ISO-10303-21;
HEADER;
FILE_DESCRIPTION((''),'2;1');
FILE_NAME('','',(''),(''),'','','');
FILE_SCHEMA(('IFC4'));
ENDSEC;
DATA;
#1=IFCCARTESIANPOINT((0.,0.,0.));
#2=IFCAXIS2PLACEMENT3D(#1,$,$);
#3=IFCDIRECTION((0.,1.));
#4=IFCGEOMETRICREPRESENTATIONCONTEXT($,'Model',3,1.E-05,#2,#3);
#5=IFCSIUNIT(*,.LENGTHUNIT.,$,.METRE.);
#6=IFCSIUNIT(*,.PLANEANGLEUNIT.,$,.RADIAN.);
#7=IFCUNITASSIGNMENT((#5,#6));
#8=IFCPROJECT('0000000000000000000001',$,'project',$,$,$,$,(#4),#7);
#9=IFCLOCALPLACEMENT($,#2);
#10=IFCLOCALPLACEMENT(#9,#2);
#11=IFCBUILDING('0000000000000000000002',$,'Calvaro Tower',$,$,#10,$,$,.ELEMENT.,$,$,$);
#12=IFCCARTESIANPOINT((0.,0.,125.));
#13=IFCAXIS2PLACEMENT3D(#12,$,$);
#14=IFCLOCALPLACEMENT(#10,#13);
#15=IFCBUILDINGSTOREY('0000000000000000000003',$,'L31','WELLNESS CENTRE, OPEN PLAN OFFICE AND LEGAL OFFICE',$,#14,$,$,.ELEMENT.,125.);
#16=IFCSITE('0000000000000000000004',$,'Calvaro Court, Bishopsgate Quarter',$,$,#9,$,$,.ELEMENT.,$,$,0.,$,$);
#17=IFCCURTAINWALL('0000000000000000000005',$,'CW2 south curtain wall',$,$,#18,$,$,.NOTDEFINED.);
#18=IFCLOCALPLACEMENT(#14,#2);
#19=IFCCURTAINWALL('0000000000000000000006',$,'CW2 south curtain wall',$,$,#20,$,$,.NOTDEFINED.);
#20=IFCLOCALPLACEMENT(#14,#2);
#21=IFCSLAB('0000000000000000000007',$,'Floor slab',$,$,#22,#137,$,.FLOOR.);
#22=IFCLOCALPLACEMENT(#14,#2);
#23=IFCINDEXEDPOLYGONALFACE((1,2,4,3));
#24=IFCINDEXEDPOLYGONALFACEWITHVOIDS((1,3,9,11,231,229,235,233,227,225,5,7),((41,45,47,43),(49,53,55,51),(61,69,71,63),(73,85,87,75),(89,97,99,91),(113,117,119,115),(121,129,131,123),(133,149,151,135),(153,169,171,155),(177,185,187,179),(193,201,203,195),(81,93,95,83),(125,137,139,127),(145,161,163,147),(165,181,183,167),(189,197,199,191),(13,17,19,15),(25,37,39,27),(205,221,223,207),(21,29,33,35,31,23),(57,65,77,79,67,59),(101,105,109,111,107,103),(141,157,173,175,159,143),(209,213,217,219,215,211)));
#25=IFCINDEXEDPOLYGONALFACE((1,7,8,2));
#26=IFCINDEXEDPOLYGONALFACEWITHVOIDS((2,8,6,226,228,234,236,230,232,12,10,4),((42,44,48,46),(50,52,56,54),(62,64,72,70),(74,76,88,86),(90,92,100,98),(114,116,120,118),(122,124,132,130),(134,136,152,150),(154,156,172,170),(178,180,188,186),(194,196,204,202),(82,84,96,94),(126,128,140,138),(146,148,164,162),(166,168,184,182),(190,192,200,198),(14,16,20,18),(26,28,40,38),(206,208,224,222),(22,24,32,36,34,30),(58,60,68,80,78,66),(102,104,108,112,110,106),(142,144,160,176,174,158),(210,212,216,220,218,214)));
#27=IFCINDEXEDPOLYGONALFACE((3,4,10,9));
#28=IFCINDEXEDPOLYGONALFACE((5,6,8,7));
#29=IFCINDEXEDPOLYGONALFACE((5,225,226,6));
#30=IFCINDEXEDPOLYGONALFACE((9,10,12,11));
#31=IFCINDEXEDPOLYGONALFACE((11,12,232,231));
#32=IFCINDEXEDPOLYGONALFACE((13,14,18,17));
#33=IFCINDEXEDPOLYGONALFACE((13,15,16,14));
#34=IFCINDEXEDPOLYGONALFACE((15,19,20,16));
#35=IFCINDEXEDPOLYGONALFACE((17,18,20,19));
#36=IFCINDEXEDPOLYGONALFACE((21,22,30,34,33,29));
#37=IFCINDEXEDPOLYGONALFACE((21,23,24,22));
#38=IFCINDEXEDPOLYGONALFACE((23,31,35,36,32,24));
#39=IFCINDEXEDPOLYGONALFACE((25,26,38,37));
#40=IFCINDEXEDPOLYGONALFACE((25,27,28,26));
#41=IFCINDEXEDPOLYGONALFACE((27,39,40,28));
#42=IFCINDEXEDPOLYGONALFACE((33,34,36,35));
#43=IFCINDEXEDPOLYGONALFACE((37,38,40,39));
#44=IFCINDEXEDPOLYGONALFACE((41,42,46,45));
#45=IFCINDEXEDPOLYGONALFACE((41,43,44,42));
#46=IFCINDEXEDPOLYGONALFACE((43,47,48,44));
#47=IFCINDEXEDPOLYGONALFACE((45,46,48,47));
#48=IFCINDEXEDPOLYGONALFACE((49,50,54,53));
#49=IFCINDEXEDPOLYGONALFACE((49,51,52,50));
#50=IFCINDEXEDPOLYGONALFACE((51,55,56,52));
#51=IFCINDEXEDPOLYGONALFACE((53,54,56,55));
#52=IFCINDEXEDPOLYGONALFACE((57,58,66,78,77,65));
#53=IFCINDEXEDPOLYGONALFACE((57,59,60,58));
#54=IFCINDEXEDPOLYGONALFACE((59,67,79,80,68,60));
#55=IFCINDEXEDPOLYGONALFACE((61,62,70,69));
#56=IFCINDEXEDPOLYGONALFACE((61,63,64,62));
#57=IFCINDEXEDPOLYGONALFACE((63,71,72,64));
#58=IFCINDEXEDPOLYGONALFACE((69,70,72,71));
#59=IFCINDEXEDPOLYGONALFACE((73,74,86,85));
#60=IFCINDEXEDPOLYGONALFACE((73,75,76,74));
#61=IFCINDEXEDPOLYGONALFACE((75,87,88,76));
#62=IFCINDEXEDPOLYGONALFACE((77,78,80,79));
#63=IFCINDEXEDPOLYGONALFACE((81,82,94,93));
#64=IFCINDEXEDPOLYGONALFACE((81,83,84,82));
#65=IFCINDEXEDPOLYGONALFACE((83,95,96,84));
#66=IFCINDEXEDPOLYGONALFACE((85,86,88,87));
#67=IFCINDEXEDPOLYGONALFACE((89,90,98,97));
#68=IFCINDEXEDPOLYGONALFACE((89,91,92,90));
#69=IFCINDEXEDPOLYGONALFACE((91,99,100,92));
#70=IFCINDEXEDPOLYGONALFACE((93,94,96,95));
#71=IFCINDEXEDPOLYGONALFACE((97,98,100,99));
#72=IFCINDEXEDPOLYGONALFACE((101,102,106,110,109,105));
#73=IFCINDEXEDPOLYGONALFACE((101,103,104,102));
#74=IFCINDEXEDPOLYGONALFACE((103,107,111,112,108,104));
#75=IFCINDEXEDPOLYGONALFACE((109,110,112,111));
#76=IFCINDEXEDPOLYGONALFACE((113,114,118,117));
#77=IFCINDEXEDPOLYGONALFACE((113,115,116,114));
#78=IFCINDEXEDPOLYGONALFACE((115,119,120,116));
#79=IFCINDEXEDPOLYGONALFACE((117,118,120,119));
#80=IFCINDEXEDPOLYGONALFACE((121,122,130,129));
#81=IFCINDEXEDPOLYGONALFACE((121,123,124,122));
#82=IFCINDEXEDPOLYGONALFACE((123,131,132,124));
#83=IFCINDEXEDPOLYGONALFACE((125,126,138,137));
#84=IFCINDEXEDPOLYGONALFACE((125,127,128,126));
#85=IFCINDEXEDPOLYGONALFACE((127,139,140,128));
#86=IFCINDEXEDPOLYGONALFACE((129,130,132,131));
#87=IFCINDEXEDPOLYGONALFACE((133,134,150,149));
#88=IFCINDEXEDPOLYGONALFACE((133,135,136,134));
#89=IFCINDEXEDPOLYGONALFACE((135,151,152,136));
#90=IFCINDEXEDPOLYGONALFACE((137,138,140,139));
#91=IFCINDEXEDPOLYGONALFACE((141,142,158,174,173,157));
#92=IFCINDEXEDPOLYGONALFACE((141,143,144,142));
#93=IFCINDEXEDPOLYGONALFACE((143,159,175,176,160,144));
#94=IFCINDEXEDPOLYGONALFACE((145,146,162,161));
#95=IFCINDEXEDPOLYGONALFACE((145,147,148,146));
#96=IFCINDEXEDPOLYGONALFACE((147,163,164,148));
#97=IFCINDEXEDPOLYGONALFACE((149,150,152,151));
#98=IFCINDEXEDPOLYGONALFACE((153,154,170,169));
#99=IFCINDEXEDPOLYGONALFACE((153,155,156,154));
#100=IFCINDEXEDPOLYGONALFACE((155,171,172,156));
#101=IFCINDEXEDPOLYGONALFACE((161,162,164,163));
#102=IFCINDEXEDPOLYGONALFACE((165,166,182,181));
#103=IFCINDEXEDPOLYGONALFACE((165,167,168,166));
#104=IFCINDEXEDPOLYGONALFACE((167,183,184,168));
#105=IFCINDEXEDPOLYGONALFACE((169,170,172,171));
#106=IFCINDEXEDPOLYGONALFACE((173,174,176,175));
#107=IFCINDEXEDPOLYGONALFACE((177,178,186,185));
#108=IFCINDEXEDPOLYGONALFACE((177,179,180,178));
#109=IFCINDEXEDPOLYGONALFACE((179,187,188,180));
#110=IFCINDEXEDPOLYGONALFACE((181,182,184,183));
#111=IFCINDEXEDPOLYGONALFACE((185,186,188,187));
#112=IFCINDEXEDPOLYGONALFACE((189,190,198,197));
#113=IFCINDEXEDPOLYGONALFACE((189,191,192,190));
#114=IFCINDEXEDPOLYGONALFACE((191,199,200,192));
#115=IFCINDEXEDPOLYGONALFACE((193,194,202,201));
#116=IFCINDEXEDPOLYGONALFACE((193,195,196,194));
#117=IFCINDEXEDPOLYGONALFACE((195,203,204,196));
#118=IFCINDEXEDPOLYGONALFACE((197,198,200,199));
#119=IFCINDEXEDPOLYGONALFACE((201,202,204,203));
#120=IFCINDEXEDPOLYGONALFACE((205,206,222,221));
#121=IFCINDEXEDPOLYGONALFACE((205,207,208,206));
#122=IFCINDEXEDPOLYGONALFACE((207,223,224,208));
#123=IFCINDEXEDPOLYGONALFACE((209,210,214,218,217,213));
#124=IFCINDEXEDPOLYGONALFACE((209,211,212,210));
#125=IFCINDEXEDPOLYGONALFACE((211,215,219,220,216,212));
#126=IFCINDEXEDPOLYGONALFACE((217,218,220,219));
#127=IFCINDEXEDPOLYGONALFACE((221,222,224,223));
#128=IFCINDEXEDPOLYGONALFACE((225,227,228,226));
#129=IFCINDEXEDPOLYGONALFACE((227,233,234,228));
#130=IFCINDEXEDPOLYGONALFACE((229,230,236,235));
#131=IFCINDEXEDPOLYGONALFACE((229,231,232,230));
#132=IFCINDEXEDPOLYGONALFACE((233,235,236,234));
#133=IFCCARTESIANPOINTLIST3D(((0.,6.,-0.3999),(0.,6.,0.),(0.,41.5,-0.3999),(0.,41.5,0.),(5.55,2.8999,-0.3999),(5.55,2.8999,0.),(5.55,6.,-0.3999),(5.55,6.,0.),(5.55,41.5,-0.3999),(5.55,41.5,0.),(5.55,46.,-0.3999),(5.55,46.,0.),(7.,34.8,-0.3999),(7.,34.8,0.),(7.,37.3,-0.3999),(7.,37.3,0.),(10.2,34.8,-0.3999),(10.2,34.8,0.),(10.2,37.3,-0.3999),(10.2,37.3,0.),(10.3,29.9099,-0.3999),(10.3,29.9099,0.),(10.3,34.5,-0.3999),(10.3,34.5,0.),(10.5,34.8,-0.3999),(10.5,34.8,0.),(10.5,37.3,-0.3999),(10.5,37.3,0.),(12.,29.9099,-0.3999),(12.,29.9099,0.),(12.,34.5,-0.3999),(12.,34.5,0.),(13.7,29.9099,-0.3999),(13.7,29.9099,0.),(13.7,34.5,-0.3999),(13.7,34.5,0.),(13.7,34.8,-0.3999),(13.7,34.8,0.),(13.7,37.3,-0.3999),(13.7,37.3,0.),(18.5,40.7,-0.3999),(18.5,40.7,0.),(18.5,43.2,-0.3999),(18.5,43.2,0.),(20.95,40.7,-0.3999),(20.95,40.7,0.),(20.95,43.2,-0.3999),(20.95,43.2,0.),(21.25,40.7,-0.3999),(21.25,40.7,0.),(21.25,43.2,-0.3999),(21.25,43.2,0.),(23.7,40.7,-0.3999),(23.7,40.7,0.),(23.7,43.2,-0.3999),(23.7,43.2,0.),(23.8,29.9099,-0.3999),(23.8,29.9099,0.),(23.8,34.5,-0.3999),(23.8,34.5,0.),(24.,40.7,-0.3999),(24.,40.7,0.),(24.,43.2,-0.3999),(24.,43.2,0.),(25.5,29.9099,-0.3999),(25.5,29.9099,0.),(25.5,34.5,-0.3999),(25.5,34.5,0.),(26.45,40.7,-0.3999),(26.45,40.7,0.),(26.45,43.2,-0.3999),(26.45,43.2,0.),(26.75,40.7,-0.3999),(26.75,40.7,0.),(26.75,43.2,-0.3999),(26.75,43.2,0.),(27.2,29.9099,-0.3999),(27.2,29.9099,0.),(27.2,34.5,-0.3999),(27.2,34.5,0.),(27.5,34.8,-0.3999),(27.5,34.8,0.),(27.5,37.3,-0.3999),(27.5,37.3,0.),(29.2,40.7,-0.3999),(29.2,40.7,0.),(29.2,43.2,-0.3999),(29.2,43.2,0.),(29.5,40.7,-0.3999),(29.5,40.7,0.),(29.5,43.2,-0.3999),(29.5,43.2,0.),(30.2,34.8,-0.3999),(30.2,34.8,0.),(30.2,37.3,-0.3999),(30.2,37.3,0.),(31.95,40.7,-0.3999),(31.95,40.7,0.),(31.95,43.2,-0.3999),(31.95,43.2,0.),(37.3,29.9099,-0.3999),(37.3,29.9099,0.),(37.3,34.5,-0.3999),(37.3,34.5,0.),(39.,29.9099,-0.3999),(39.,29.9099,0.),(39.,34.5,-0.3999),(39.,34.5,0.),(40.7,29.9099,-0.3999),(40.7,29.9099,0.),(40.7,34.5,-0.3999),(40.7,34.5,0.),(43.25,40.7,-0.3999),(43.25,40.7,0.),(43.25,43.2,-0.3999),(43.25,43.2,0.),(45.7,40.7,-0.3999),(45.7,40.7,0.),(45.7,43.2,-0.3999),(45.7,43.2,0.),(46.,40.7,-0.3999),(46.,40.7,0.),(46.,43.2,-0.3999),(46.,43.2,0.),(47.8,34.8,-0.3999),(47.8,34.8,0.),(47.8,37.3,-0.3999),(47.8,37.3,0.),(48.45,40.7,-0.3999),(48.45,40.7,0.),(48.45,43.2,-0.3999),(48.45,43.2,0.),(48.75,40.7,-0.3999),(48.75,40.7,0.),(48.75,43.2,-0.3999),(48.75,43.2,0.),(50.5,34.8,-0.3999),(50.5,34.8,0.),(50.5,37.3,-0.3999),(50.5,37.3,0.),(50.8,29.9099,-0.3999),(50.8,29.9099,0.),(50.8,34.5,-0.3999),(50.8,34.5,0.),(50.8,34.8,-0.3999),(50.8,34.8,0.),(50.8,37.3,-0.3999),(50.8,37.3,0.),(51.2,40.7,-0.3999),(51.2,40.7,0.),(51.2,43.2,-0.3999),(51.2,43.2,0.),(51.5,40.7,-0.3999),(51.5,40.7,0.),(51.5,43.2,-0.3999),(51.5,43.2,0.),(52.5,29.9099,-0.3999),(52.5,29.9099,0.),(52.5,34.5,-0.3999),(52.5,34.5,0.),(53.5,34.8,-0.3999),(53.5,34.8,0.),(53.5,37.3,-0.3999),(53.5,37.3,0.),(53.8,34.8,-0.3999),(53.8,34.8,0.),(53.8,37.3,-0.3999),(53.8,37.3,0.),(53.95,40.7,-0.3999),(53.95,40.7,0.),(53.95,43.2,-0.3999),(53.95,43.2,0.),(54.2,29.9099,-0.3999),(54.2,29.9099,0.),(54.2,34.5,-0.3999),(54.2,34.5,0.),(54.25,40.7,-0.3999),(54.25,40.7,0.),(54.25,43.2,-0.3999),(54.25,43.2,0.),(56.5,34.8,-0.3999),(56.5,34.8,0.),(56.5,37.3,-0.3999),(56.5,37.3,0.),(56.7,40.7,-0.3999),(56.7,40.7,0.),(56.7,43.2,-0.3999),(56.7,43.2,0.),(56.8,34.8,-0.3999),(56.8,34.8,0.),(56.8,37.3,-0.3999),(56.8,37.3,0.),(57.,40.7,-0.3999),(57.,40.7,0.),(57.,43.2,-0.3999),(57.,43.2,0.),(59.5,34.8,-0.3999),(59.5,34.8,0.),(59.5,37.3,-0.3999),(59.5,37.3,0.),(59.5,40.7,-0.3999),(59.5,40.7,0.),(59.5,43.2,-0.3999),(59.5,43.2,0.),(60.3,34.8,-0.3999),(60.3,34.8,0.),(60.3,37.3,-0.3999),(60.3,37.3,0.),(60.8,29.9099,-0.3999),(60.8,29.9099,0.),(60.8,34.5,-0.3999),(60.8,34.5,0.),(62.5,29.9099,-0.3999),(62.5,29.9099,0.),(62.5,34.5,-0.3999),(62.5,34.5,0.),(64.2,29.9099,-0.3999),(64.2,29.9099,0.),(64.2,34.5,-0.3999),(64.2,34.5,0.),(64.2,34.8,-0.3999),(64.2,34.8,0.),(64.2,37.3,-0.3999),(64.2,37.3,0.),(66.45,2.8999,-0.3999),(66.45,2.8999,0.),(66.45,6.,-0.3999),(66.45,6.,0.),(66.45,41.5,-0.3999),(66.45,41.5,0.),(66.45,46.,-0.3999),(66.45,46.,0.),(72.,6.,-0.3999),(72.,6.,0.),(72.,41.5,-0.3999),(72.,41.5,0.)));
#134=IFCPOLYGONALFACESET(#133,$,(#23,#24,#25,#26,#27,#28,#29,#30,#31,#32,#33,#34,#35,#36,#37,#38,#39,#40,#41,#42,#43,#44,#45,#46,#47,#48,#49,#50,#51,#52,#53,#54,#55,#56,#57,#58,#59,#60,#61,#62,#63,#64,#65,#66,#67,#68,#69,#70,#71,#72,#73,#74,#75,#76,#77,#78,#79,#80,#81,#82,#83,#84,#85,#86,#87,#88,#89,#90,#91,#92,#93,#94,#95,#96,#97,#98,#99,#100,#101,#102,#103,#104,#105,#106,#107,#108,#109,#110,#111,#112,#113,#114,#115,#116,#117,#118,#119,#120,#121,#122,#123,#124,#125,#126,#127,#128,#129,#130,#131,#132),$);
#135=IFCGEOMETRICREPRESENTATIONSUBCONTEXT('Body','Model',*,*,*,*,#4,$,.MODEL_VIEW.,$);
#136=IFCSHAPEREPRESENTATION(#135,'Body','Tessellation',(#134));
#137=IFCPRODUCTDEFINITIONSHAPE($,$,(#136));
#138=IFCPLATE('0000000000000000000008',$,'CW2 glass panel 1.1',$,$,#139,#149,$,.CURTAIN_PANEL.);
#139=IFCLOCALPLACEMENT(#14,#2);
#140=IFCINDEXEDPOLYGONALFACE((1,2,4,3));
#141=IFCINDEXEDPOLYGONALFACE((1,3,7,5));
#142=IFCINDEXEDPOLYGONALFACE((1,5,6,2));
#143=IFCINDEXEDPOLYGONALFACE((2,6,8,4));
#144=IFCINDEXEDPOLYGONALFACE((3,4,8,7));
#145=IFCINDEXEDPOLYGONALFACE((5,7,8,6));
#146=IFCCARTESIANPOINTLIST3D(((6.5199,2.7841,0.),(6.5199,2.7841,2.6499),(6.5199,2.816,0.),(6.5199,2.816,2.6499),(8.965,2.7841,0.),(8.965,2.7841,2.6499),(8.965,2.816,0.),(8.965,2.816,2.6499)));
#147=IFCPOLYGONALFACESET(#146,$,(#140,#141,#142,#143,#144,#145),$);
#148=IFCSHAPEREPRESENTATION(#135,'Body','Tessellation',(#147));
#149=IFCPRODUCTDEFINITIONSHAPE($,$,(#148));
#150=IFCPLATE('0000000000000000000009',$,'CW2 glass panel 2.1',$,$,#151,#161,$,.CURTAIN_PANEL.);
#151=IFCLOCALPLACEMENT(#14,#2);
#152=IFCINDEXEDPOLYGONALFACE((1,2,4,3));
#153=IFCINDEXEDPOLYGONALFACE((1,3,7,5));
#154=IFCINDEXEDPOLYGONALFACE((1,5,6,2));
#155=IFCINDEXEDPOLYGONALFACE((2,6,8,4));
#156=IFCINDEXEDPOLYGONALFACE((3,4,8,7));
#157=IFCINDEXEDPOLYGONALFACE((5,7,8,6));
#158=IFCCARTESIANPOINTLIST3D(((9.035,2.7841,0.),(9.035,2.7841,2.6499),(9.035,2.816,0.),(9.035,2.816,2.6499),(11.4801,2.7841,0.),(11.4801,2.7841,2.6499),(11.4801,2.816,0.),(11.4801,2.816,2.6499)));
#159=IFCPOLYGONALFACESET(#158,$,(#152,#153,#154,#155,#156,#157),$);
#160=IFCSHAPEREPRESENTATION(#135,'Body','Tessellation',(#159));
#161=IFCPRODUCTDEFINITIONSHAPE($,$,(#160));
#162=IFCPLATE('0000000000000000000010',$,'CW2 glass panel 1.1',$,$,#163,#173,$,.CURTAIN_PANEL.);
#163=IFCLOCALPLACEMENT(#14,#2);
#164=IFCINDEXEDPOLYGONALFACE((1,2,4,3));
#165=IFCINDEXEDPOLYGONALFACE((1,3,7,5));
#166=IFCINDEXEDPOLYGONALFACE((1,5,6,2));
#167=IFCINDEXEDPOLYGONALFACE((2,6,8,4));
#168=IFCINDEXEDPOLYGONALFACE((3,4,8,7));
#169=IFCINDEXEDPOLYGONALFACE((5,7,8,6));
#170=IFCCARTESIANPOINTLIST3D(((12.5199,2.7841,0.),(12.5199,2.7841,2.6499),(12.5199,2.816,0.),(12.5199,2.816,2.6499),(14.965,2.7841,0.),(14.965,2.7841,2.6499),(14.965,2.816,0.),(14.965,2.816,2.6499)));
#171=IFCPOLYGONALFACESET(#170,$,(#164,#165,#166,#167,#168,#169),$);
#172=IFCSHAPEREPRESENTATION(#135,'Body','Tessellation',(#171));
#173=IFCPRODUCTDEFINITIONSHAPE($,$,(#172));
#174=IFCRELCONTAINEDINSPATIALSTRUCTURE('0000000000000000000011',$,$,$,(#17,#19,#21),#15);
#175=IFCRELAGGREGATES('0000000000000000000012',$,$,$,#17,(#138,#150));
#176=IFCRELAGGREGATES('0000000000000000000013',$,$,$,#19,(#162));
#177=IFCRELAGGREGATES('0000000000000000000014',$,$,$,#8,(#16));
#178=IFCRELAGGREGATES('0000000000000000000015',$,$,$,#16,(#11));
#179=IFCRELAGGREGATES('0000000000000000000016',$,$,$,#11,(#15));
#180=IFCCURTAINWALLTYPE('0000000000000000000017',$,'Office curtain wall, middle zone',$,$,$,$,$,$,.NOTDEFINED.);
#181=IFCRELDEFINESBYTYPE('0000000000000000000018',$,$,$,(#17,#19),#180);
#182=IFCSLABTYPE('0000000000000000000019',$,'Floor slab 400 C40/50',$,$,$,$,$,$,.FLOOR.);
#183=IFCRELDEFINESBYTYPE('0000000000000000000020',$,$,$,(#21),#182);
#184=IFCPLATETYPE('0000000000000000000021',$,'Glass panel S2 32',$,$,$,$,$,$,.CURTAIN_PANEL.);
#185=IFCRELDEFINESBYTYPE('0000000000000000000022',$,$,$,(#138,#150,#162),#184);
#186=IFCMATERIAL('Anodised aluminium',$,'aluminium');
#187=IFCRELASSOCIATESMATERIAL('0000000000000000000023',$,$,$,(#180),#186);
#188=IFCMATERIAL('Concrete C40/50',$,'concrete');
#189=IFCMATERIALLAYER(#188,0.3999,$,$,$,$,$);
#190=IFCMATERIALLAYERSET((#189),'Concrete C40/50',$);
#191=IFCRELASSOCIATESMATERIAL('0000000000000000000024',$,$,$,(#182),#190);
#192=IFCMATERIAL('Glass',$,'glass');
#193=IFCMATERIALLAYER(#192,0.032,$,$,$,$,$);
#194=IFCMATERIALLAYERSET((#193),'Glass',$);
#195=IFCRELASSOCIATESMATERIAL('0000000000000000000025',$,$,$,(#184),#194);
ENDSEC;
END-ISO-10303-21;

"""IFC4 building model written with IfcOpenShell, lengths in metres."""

from ifc_helpers import new_model, si_unit, direction, frame, origin, origin_2d, place, context, subcontext, project, spatial, polyline, rectangle, outline, extrude, material, layer, layer_set, type_object, element, aggregate, save


model = new_model("IFC4")

# Units and contexts
model_context = context("Model", 3, precision=1e-05, world=origin(), true_north=direction((0.0, 1.0)))
body_context = subcontext(model_context, "Body", "Model", "MODEL_VIEW")
ifc_project = project(units=[si_unit("LENGTHUNIT", "METRE"), si_unit("PLANEANGLEUNIT", "RADIAN")], contexts=[model_context])

# Site, building, storey
site_placement = place(None, origin())
site = spatial("IfcSite", under=ifc_project, at=site_placement, Name="Calvaro Court, Bishopsgate Quarter", CompositionType="ELEMENT", RefElevation=0.0)
building_placement = place(site_placement, origin())
building = spatial("IfcBuilding", under=site, at=building_placement, Name="Calvaro Tower", CompositionType="ELEMENT")
storey_placement = place(building_placement, frame((0.0, 0.0, 125.0)))
storey = spatial("IfcBuildingStorey", under=building, at=storey_placement, Name="L31", Description="WELLNESS CENTRE, OPEN PLAN OFFICE AND LEGAL OFFICE", CompositionType="ELEMENT", Elevation=125.0)

# Curtain walls
ifc_material_1 = material(Name="Anodised aluminium", Category="aluminium")
curtain_wall_type = type_object("IfcCurtainWallType", Name="Office curtain wall, middle zone", PredefinedType="NOTDEFINED", material=ifc_material_1)
curtain_wall_1_placement = place(storey_placement, origin())
curtain_wall_1 = element("IfcCurtainWall", 1, at=curtain_wall_1_placement, inside=storey, type_object=curtain_wall_type, Name="CW2 south curtain wall", PredefinedType="NOTDEFINED")
curtain_wall_2_placement = place(storey_placement, origin())
curtain_wall_2 = element("IfcCurtainWall", 2, at=curtain_wall_2_placement, inside=storey, type_object=curtain_wall_type, Name="CW2 south curtain wall", PredefinedType="NOTDEFINED")

# Slab
ifc_material_2 = material(Name="Concrete C40/50", Category="concrete")
ifc_layer_1 = layer(ifc_material_2, 0.3999)
ifc_layer_set_1 = layer_set([ifc_layer_1], Name="Concrete C40/50")
slab_type_1 = type_object("IfcSlabType", Name="Floor slab 400 C40/50", PredefinedType="FLOOR", material=ifc_layer_set_1)
slab_1_placement = place(storey_placement, frame((0.0, 0.0, -0.3999)))
element("IfcSlab", 3, at=slab_1_placement, inside=storey, type_object=slab_type_1, Name="Floor slab", PredefinedType="FLOOR", context=body_context, shape_type="SweptSolid", body=[
    extrude(outline(polyline([(66.45, 6.0), (66.45, 2.8999), (5.55, 2.8999), (5.55, 6.0), (0.0, 6.0), (0.0, 41.5), (5.55, 41.5), (5.55, 46.0), (66.45, 46.0), (66.45, 41.5), (72.0, 41.5), (72.0, 6.0), (66.45, 6.0)]), holes=[polyline([(10.3, 29.9099), (10.3, 34.5), (12.0, 34.5), (13.7, 34.5), (13.7, 29.9099), (12.0, 29.9099), (10.3, 29.9099)]), polyline([(23.8, 29.9099), (23.8, 34.5), (25.5, 34.5), (27.2, 34.5), (27.2, 29.9099), (25.5, 29.9099), (23.8, 29.9099)]), polyline([(37.3, 29.9099), (37.3, 34.5), (39.0, 34.5), (40.7, 34.5), (40.7, 29.9099), (39.0, 29.9099), (37.3, 29.9099)]), polyline([(50.8, 29.9099), (50.8, 34.5), (52.5, 34.5), (54.2, 34.5), (54.2, 29.9099), (52.5, 29.9099), (50.8, 29.9099)]), polyline([(60.8, 29.9099), (60.8, 34.5), (62.5, 34.5), (64.2, 34.5), (64.2, 29.9099), (62.5, 29.9099), (60.8, 29.9099)]), polyline([(50.8, 34.8), (53.5, 34.8), (53.5, 37.3), (50.8, 37.3), (50.8, 34.8)]), polyline([(53.8, 34.8), (56.5, 34.8), (56.5, 37.3), (53.8, 37.3), (53.8, 34.8)]), polyline([(56.8, 34.8), (59.5, 34.8), (59.5, 37.3), (56.8, 37.3), (56.8, 34.8)]), polyline([(18.5, 40.7), (20.95, 40.7), (20.95, 43.2), (18.5, 43.2), (18.5, 40.7)]), polyline([(21.25, 40.7), (23.7, 40.7), (23.7, 43.2), (21.25, 43.2), (21.25, 40.7)]), polyline([(24.0, 40.7), (26.45, 40.7), (26.45, 43.2), (24.0, 43.2), (24.0, 40.7)]), polyline([(26.75, 40.7), (29.2, 40.7), (29.2, 43.2), (26.75, 43.2), (26.75, 40.7)]), polyline([(29.5, 40.7), (31.95, 40.7), (31.95, 43.2), (29.5, 43.2), (29.5, 40.7)]), polyline([(43.25, 40.7), (45.7, 40.7), (45.7, 43.2), (43.25, 43.2), (43.25, 40.7)]), polyline([(46.0, 40.7), (48.45, 40.7), (48.45, 43.2), (46.0, 43.2), (46.0, 40.7)]), polyline([(48.75, 40.7), (51.2, 40.7), (51.2, 43.2), (48.75, 43.2), (48.75, 40.7)]), polyline([(51.5, 40.7), (53.95, 40.7), (53.95, 43.2), (51.5, 43.2), (51.5, 40.7)]), polyline([(54.25, 40.7), (56.7, 40.7), (56.7, 43.2), (54.25, 43.2), (54.25, 40.7)]), polyline([(57.0, 40.7), (59.5, 40.7), (59.5, 43.2), (57.0, 43.2), (57.0, 40.7)]), polyline([(7.0, 34.8), (10.2, 34.8), (10.2, 37.3), (7.0, 37.3), (7.0, 34.8)]), polyline([(10.5, 34.8), (13.7, 34.8), (13.7, 37.3), (10.5, 37.3), (10.5, 34.8)]), polyline([(60.3, 34.8), (64.2, 34.8), (64.2, 37.3), (60.3, 37.3), (60.3, 34.8)]), polyline([(27.5, 34.8), (30.2, 34.8), (30.2, 37.3), (27.5, 37.3), (27.5, 34.8)]), polyline([(47.8, 34.8), (50.5, 34.8), (50.5, 37.3), (47.8, 37.3), (47.8, 34.8)])]), origin(), (0.0, 0.0, 1.0), 0.3999),
])

# Plates
ifc_material_3 = material(Name="Glass", Category="glass")
ifc_layer_2 = layer(ifc_material_3, 0.032)
ifc_layer_set_2 = layer_set([ifc_layer_2], Name="Glass")
plate_type = type_object("IfcPlateType", Name="Glass panel S2 32", PredefinedType="CURTAIN_PANEL", material=ifc_layer_set_2)
plate_1_placement = place(storey_placement, frame((7.7424, 2.8, 0.0), z_axis=(0.0, 0.0, 1.0), x_axis=(1.0, 0.0, 0.0)))
plate_1 = element("IfcPlate", 4, at=plate_1_placement, type_object=plate_type, Name="CW2 glass panel 1.1", PredefinedType="CURTAIN_PANEL", context=body_context, shape_type="SweptSolid", body=[
    extrude(rectangle(XDim=2.4451, YDim=0.032, at=origin_2d()), origin(), (0.0, 0.0, 1.0), 2.6499),
])
plate_2_placement = place(storey_placement, frame((10.2576, 2.8, 0.0), z_axis=(0.0, 0.0, 1.0), x_axis=(1.0, 0.0, 0.0)))
plate_2 = element("IfcPlate", 5, at=plate_2_placement, type_object=plate_type, Name="CW2 glass panel 2.1", PredefinedType="CURTAIN_PANEL", context=body_context, shape_type="SweptSolid", body=[
    extrude(rectangle(XDim=2.4451, YDim=0.032, at=origin_2d()), origin(), (0.0, 0.0, 1.0), 2.6499),
])
aggregate(curtain_wall_1, [plate_1, plate_2])
plate_3_placement = place(storey_placement, frame((13.7424, 2.8, 0.0), z_axis=(0.0, 0.0, 1.0), x_axis=(1.0, 0.0, 0.0)))
plate_3 = element("IfcPlate", 6, at=plate_3_placement, type_object=plate_type, Name="CW2 glass panel 1.1", PredefinedType="CURTAIN_PANEL", context=body_context, shape_type="SweptSolid", body=[
    extrude(rectangle(XDim=2.4451, YDim=0.032, at=origin_2d()), origin(), (0.0, 0.0, 1.0), 2.6499),
])
aggregate(curtain_wall_2, [plate_3])

save(model, "model.ifc")
